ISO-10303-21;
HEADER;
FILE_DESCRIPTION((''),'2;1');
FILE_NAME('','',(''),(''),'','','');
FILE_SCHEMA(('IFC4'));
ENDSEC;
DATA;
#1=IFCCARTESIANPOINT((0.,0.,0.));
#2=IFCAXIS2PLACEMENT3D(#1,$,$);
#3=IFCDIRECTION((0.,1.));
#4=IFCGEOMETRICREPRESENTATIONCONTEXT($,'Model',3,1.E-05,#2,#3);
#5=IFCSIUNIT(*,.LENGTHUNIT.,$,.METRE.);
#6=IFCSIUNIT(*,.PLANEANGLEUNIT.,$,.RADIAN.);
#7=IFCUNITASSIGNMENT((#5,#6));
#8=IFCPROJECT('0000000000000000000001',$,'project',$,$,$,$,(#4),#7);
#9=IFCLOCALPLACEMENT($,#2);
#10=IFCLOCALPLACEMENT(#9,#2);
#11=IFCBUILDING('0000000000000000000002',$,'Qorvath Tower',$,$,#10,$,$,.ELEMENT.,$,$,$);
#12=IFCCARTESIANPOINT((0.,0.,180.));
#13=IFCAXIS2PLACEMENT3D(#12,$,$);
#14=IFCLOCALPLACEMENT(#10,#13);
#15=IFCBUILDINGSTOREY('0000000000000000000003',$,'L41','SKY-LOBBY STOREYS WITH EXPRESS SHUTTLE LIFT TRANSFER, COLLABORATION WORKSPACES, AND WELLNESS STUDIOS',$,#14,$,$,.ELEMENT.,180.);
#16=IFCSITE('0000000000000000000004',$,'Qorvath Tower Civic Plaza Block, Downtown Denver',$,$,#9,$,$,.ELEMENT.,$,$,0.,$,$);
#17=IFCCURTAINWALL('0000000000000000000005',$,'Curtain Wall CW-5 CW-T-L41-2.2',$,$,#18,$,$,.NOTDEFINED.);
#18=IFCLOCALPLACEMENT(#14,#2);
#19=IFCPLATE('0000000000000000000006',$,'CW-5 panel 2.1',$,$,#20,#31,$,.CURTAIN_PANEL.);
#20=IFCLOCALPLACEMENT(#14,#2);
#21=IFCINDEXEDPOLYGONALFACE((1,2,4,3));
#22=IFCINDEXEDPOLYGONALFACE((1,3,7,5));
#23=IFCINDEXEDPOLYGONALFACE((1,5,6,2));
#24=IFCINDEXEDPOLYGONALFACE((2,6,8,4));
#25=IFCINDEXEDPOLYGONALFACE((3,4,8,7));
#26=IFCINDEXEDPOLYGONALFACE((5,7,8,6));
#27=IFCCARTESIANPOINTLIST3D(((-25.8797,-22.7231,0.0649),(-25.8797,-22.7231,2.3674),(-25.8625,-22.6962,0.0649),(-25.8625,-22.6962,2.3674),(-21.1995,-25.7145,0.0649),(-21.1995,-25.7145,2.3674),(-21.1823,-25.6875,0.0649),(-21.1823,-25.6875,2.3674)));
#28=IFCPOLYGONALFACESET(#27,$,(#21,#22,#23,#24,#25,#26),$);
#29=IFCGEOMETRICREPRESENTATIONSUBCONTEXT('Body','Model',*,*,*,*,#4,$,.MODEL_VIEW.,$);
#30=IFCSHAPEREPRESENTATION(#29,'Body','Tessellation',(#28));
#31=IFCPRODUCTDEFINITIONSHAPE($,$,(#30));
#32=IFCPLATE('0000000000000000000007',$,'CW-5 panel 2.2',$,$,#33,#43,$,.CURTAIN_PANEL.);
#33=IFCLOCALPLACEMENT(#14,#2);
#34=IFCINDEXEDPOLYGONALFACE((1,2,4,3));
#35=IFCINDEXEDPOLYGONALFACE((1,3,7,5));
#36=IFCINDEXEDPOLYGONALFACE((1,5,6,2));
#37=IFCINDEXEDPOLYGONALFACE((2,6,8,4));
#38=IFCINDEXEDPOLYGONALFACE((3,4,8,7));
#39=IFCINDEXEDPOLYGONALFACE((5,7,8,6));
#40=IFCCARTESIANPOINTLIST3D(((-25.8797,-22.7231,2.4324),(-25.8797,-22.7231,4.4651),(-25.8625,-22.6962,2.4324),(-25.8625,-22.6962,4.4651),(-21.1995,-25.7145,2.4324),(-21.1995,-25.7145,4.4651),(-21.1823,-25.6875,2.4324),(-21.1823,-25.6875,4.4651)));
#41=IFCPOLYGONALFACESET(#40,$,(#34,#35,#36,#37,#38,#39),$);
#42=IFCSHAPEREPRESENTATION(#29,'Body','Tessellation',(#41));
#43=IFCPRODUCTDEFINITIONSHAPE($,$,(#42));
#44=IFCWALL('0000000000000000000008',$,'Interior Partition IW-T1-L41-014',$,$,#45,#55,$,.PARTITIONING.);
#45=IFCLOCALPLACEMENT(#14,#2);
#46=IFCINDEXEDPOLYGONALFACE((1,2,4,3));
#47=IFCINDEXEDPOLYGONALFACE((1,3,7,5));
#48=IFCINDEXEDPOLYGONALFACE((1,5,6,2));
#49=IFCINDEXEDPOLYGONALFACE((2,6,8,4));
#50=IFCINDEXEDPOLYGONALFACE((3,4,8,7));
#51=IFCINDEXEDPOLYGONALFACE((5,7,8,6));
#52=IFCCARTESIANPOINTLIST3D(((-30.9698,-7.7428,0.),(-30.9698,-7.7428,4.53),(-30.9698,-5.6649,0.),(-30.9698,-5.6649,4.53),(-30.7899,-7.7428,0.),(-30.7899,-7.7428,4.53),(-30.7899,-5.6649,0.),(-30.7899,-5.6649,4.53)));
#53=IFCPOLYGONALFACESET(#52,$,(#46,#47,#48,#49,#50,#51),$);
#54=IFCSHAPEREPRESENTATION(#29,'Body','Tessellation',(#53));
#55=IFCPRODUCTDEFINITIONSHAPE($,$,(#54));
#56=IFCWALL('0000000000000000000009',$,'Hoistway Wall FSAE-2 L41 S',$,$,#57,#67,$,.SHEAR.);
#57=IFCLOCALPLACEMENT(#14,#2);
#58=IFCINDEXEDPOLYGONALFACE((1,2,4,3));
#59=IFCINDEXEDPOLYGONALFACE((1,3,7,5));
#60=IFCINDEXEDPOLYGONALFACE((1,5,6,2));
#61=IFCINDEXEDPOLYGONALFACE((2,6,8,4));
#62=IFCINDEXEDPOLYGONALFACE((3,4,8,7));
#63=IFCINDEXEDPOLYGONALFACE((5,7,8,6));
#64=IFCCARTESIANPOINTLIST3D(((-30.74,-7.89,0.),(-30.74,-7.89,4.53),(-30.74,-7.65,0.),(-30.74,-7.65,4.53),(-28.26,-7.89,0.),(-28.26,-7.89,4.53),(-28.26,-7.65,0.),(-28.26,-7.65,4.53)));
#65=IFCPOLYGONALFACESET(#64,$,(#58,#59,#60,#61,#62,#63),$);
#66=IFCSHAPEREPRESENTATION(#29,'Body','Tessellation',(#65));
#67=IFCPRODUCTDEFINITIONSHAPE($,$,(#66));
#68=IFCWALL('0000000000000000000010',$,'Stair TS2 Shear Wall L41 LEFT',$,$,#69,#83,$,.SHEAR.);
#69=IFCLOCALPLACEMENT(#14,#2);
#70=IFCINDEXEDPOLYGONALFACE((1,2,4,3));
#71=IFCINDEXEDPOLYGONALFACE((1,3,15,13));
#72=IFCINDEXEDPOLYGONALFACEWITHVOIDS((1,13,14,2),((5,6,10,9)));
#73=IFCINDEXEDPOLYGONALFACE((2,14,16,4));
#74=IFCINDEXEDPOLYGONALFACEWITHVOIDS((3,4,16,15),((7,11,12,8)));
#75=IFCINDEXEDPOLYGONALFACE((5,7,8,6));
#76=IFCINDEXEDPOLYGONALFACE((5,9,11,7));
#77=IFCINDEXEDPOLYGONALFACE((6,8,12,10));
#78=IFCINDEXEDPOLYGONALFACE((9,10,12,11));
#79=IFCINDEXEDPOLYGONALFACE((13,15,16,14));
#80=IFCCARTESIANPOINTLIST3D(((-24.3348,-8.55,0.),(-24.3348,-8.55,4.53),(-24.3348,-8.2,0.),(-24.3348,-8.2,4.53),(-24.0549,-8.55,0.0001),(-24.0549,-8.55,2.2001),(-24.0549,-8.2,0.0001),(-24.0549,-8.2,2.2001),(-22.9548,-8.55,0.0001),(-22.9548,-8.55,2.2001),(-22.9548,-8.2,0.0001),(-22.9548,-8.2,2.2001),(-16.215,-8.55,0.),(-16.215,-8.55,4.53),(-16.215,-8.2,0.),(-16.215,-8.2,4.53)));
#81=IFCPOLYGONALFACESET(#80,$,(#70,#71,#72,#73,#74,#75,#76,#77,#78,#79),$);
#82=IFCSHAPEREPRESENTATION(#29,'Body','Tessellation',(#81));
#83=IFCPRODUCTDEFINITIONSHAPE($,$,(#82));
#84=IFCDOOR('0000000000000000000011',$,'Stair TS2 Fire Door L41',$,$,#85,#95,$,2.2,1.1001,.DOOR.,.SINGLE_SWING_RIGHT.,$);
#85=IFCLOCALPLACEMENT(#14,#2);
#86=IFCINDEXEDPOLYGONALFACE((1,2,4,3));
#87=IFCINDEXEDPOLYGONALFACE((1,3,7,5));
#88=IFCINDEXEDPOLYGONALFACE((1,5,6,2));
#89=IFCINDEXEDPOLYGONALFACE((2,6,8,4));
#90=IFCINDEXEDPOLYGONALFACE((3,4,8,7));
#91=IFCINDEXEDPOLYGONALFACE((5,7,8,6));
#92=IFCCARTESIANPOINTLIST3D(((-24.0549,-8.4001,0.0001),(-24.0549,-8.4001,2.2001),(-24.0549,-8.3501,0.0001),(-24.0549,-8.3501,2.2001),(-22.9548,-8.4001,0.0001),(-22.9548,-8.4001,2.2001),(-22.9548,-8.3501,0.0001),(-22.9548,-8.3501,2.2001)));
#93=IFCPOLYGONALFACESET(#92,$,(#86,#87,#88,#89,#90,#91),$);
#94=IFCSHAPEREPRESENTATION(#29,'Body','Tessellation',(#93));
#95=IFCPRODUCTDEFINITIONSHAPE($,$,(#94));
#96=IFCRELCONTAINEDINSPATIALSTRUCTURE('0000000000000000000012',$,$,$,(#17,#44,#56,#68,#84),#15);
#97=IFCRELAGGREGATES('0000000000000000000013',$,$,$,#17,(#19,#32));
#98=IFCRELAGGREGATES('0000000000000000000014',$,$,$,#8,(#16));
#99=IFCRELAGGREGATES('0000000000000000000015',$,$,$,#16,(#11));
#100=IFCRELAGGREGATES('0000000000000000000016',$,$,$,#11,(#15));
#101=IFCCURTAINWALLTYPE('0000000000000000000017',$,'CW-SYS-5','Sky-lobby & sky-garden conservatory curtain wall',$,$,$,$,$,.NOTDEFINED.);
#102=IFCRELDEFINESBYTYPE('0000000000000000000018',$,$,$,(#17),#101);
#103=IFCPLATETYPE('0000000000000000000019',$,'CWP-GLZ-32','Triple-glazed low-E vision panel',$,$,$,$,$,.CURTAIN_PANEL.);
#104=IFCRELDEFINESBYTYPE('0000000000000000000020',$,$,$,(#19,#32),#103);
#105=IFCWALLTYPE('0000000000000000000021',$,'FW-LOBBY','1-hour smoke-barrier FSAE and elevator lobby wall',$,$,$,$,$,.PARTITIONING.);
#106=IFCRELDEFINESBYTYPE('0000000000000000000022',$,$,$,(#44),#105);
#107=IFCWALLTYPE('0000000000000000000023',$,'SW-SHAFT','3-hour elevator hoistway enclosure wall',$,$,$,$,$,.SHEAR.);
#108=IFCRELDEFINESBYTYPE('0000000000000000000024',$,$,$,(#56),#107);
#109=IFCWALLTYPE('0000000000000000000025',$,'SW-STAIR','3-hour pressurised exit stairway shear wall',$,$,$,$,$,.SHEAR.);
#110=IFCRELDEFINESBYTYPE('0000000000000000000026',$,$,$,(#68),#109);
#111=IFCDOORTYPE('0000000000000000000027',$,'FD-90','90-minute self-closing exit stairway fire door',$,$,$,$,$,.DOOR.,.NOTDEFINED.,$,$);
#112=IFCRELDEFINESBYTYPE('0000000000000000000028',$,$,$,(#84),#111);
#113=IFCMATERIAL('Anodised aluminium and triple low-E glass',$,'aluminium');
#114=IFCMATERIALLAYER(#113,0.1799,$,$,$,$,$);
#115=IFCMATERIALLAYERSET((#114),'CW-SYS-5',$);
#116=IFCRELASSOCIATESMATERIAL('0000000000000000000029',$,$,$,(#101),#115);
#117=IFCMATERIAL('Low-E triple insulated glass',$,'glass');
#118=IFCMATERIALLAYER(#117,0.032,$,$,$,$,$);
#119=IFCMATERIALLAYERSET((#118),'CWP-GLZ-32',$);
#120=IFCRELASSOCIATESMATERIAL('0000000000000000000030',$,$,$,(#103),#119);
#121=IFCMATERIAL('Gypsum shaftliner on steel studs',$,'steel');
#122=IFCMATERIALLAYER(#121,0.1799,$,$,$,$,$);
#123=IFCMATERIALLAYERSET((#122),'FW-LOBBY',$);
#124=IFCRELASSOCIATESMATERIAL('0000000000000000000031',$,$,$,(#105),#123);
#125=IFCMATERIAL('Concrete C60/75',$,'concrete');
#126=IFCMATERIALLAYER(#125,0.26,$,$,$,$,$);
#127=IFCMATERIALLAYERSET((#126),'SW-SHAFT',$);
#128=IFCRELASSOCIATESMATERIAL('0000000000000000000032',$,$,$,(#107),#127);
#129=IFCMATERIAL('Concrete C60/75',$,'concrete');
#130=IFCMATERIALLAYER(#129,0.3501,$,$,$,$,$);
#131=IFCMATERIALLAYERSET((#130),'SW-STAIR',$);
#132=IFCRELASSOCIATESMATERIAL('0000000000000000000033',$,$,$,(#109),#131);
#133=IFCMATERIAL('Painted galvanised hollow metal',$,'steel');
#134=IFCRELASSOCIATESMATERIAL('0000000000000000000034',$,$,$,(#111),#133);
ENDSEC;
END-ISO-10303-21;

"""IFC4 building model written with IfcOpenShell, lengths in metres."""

from ifc_helpers import new_model, si_unit, direction, frame, frame_2d, origin, origin_2d, place, context, subcontext, project, spatial, rectangle, extrude, material, layer, layer_set, type_object, element, fill, aggregate, save


model = new_model("IFC4")

# Units and contexts
model_context = context("Model", 3, precision=1e-05, world=origin(), true_north=direction((0.0, 1.0)))
body_context = subcontext(model_context, "Body", "Model", "MODEL_VIEW")
ifc_project = project(units=[si_unit("LENGTHUNIT", "METRE"), si_unit("PLANEANGLEUNIT", "RADIAN")], contexts=[model_context])

# Site, building, storey
site_placement = place(None, origin())
site = spatial("IfcSite", under=ifc_project, at=site_placement, Name="Qorvath Tower Civic Plaza Block, Downtown Denver", CompositionType="ELEMENT", RefElevation=0.0)
building_placement = place(site_placement, origin())
building = spatial("IfcBuilding", under=site, at=building_placement, Name="Qorvath Tower", CompositionType="ELEMENT")
storey_placement = place(building_placement, frame((0.0, 0.0, 180.0)))
storey = spatial("IfcBuildingStorey", under=building, at=storey_placement, Name="L41", Description="SKY-LOBBY STOREYS WITH EXPRESS SHUTTLE LIFT TRANSFER, COLLABORATION WORKSPACES, AND WELLNESS STUDIOS", CompositionType="ELEMENT", Elevation=180.0)

# Curtain wall
ifc_material_1 = material(Name="Anodised aluminium and triple low-E glass", Category="aluminium")
ifc_layer_1 = layer(ifc_material_1, 0.1799)
ifc_layer_set_1 = layer_set([ifc_layer_1], Name="CW-SYS-5")
curtain_wall_type = type_object("IfcCurtainWallType", Name="CW-SYS-5", Description="Sky-lobby & sky-garden conservatory curtain wall", PredefinedType="NOTDEFINED", material=ifc_layer_set_1)
curtain_wall_placement = place(storey_placement, origin())
curtain_wall = element("IfcCurtainWall", 1, at=curtain_wall_placement, inside=storey, type_object=curtain_wall_type, Name="Curtain Wall CW-5 CW-T-L41-2.2", PredefinedType="NOTDEFINED")

# Plates
ifc_material_2 = material(Name="Low-E triple insulated glass", Category="glass")
ifc_layer_2 = layer(ifc_material_2, 0.032)
ifc_layer_set_2 = layer_set([ifc_layer_2], Name="CWP-GLZ-32")
plate_type = type_object("IfcPlateType", Name="CWP-GLZ-32", Description="Triple-glazed low-E vision panel", PredefinedType="CURTAIN_PANEL", material=ifc_layer_set_2)
plate_1_placement = place(storey_placement, frame((-23.531, -24.2053, 0.0649), z_axis=(0.0, 0.0, 1.0), x_axis=(0.842597, -0.538544, 0.0)))
plate_1 = element("IfcPlate", 2, at=plate_1_placement, type_object=plate_type, Name="CW-5 panel 2.1", PredefinedType="CURTAIN_PANEL", context=body_context, shape_type="SweptSolid", body=[
    extrude(rectangle(XDim=5.5544, YDim=0.032, at=origin_2d()), origin(), (0.0, 0.0, 1.0), 2.3025),
])
plate_2_placement = place(storey_placement, frame((-23.531, -24.2053, 2.4324), z_axis=(0.0, 0.0, 1.0), x_axis=(0.842597, -0.538544, 0.0)))
plate_2 = element("IfcPlate", 3, at=plate_2_placement, type_object=plate_type, Name="CW-5 panel 2.2", PredefinedType="CURTAIN_PANEL", context=body_context, shape_type="SweptSolid", body=[
    extrude(rectangle(XDim=5.5544, YDim=0.032, at=origin_2d()), origin(), (0.0, 0.0, 1.0), 2.0327),
])
aggregate(curtain_wall, [plate_1, plate_2])

# Shared definitions
ifc_material_3 = material(Name="Gypsum shaftliner on steel studs", Category="steel")
ifc_layer_3 = layer(ifc_material_3, 0.1799)
ifc_layer_set_3 = layer_set([ifc_layer_3], Name="FW-LOBBY")
wall_type_1 = type_object("IfcWallType", Name="FW-LOBBY", Description="1-hour smoke-barrier FSAE and elevator lobby wall", PredefinedType="PARTITIONING", material=ifc_layer_set_3)

# Walls
wall_1_placement = place(storey_placement, frame((-30.8799, -7.7429, 0.0), z_axis=(0.0, 0.0, 1.0), x_axis=(0.0, 1.0, 0.0)))
element("IfcWall", 4, at=wall_1_placement, inside=storey, type_object=wall_type_1, Name="Interior Partition IW-T1-L41-014", PredefinedType="PARTITIONING", context=body_context, shape_type="SweptSolid", body=[
    extrude(rectangle(XDim=2.0779, YDim=0.1799, at=frame_2d((1.0391, 0.0))), origin(), (0.0, 0.0, 1.0), 4.53),
])
ifc_material_4 = material(Name="Concrete C60/75", Category="concrete")
ifc_layer_4 = layer(ifc_material_4, 0.26)
ifc_layer_set_4 = layer_set([ifc_layer_4], Name="SW-SHAFT")
wall_type_2 = type_object("IfcWallType", Name="SW-SHAFT", Description="3-hour elevator hoistway enclosure wall", PredefinedType="SHEAR", material=ifc_layer_set_4)
wall_2_placement = place(storey_placement, frame((-28.26, -7.77, 0.0), z_axis=(0.0, 0.0, 1.0), x_axis=(-1.0, 0.0, 0.0)))
element("IfcWall", 5, at=wall_2_placement, inside=storey, type_object=wall_type_2, Name="Hoistway Wall FSAE-2 L41 S", PredefinedType="SHEAR", context=body_context, shape_type="SweptSolid", body=[
    extrude(rectangle(XDim=2.48, YDim=0.24, at=frame_2d((1.24, 0.0))), origin(), (0.0, 0.0, 1.0), 4.53),
])

# Wall, opening, door
ifc_material_5 = material(Name="Concrete C60/75", Category="concrete")
ifc_layer_5 = layer(ifc_material_5, 0.3501)
ifc_layer_set_5 = layer_set([ifc_layer_5], Name="SW-STAIR")
wall_type_3 = type_object("IfcWallType", Name="SW-STAIR", Description="3-hour pressurised exit stairway shear wall", PredefinedType="SHEAR", material=ifc_layer_set_5)
wall_3_placement = place(storey_placement, frame((-24.335, -8.375, 0.0), z_axis=(0.0, 0.0, 1.0), x_axis=(1.0, 0.0, 0.0)))
wall_3 = element("IfcWall", 6, at=wall_3_placement, inside=storey, type_object=wall_type_3, Name="Stair TS2 Shear Wall L41 LEFT", PredefinedType="SHEAR", context=body_context, shape_type="SweptSolid", body=[
    extrude(rectangle(XDim=8.1199, YDim=0.3501, at=frame_2d((4.0601, 0.0))), origin(), (0.0, 0.0, 1.0), 4.53),
])
opening_1_placement = place(wall_3_placement, frame((0.28, 0.0, 0.0)))
opening_1 = element("IfcOpeningElement", 7, at=opening_1_placement, cuts=wall_3, PredefinedType="OPENING", context=body_context, shape_type="SweptSolid", body=[
    extrude(rectangle(XDim=1.1001, YDim=2.2, at=frame_2d((0.55, 1.1001))), frame((0.0, 0.1851, 0.0), z_axis=(0.0, -1.0, 0.0), x_axis=(1.0, 0.0, 0.0)), (0.0, 0.0, 1.0), 0.3701),
])
ifc_material_6 = material(Name="Painted galvanised hollow metal", Category="steel")
door_type_1 = type_object("IfcDoorType", Name="FD-90", Description="90-minute self-closing exit stairway fire door", OperationType="NOTDEFINED", PredefinedType="DOOR", material=ifc_material_6)
door_1_placement = place(opening_1_placement, origin())
door_1 = element("IfcDoor", 8, at=door_1_placement, inside=storey, type_object=door_type_1, Name="Stair TS2 Fire Door L41", OperationType="SINGLE_SWING_RIGHT", OverallHeight=2.2, OverallWidth=1.1001, PredefinedType="DOOR", context=body_context, shape_type="SweptSolid", body=[
    extrude(rectangle(XDim=1.1001, YDim=2.2, at=frame_2d((0.55, 1.1001))), frame((0.0, 0.0249, 0.0), z_axis=(0.0, -1.0, 0.0), x_axis=(1.0, 0.0, 0.0)), (0.0, 0.0, 1.0), 0.05),
])
fill(opening_1, door_1)

save(model, "model.ifc")
